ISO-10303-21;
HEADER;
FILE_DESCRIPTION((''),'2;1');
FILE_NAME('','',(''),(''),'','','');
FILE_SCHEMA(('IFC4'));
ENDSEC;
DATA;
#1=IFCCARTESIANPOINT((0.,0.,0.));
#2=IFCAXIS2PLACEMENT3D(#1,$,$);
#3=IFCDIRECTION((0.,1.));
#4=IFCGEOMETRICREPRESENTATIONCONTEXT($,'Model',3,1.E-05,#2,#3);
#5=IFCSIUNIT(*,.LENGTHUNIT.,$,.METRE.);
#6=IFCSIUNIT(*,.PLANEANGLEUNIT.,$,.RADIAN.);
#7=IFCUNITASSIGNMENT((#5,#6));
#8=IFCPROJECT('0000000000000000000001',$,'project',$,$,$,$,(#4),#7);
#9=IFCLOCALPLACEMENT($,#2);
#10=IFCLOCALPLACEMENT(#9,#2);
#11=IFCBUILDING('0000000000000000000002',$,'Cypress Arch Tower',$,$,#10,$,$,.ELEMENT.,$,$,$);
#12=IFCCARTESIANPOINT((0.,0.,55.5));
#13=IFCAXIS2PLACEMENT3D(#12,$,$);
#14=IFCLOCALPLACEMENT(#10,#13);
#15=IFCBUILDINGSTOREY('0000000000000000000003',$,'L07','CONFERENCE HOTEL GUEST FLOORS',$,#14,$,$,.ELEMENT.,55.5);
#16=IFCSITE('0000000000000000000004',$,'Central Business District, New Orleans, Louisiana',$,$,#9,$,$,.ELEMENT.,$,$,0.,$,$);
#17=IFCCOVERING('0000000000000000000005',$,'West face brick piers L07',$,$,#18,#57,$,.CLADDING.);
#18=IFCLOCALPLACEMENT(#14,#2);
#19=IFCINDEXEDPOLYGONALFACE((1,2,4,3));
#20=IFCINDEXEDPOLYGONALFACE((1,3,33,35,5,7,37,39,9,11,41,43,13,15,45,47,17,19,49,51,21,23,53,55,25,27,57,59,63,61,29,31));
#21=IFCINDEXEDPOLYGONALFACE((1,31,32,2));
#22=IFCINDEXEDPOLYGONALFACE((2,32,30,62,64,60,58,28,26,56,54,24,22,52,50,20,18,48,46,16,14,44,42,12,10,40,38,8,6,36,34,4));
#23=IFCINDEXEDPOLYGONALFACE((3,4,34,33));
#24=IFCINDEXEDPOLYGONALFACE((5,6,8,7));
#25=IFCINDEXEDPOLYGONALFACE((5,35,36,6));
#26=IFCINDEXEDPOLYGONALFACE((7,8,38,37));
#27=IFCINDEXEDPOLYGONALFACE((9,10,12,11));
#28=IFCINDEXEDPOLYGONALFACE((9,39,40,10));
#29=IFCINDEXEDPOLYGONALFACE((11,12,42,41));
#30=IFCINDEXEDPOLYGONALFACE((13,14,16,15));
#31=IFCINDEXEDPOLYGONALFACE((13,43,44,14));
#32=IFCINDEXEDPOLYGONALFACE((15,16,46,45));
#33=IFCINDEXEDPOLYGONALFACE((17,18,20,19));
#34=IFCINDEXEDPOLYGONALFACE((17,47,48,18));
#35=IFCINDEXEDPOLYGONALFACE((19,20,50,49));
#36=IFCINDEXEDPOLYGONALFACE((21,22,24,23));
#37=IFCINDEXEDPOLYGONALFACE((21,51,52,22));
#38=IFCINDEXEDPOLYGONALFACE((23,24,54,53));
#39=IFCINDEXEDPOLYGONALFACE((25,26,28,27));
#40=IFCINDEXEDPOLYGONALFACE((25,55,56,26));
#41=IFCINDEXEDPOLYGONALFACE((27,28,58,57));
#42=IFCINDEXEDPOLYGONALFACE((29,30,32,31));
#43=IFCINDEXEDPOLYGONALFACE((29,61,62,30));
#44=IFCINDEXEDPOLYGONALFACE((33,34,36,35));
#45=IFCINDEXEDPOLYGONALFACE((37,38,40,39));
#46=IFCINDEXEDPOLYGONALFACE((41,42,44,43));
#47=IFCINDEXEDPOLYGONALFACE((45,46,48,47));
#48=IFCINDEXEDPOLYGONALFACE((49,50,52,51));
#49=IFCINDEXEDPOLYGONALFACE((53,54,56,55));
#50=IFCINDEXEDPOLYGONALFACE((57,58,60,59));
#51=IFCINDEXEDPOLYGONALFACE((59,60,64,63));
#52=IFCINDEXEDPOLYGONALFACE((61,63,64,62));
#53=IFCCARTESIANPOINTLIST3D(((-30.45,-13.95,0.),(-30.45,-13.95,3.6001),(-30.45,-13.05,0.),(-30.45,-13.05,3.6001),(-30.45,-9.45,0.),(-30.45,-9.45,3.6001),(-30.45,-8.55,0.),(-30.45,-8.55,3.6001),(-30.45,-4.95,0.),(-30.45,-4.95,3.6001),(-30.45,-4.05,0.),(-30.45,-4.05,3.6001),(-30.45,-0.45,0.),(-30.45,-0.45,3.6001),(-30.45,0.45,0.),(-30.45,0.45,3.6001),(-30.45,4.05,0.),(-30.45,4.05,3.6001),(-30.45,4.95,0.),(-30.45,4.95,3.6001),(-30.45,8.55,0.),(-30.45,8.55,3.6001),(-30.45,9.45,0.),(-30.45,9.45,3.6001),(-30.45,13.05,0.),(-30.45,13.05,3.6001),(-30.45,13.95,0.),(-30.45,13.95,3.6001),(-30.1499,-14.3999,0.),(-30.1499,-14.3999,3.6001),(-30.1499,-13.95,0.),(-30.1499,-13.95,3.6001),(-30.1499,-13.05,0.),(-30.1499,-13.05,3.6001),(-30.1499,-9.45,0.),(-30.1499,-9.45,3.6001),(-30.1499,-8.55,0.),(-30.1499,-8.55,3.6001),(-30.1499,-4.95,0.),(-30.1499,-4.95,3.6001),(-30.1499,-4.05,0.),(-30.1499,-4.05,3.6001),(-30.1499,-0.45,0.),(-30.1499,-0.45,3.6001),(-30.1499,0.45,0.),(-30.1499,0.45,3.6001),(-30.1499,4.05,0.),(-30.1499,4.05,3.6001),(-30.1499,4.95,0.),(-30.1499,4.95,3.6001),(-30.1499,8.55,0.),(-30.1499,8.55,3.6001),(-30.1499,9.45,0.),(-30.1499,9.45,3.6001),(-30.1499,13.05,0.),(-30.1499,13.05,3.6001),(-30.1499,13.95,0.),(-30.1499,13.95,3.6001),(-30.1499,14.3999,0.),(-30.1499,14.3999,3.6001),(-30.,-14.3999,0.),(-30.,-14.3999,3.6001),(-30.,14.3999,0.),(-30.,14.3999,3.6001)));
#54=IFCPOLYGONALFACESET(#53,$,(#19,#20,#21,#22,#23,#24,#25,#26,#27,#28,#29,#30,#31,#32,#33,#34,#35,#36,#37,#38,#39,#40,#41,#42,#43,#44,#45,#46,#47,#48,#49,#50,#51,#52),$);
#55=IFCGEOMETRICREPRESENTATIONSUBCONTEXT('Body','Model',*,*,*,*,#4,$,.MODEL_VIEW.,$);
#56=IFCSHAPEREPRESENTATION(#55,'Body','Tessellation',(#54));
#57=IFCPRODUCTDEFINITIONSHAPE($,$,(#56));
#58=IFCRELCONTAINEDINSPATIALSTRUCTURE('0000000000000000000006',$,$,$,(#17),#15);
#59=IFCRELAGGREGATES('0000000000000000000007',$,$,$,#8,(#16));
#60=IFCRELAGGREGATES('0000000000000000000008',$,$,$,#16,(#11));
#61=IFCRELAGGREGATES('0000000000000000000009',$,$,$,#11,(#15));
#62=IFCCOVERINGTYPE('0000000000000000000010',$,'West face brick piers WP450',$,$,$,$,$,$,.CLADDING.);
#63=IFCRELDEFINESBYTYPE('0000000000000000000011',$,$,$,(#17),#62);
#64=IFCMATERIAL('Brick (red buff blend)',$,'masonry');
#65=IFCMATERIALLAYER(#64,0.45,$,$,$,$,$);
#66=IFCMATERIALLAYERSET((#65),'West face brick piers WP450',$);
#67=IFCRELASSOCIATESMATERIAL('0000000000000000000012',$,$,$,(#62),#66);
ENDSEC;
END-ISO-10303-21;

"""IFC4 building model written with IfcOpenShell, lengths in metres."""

from ifc_helpers import new_model, si_unit, direction, frame, origin, place, context, subcontext, project, spatial, polyline, outline, extrude, material, layer, layer_set, type_object, element, save


model = new_model("IFC4")

# Units and contexts
model_context = context("Model", 3, precision=1e-05, world=origin(), true_north=direction((0.0, 1.0)))
body_context = subcontext(model_context, "Body", "Model", "MODEL_VIEW")
ifc_project = project(units=[si_unit("LENGTHUNIT", "METRE"), si_unit("PLANEANGLEUNIT", "RADIAN")], contexts=[model_context])

# Site, building, storey
site_placement = place(None, origin())
site = spatial("IfcSite", under=ifc_project, at=site_placement, Name="Central Business District, New Orleans, Louisiana", CompositionType="ELEMENT", RefElevation=0.0)
building_placement = place(site_placement, origin())
building = spatial("IfcBuilding", under=site, at=building_placement, Name="Cypress Arch Tower", CompositionType="ELEMENT")
storey_placement = place(building_placement, frame((0.0, 0.0, 55.5)))
storey = spatial("IfcBuildingStorey", under=building, at=storey_placement, Name="L07", Description="CONFERENCE HOTEL GUEST FLOORS", CompositionType="ELEMENT", Elevation=55.5)

# Covering
ifc_material_1 = material(Name="Brick (red buff blend)", Category="masonry")
ifc_layer_1 = layer(ifc_material_1, 0.45)
ifc_layer_set_1 = layer_set([ifc_layer_1], Name="West face brick piers WP450")
covering_type_1 = type_object("IfcCoveringType", Name="West face brick piers WP450", PredefinedType="CLADDING", material=ifc_layer_set_1)
covering_1_placement = place(storey_placement, origin())
element("IfcCovering", 1, at=covering_1_placement, inside=storey, type_object=covering_type_1, Name="West face brick piers L07", PredefinedType="CLADDING", context=body_context, shape_type="SweptSolid", body=[
    extrude(outline(polyline([(-30.1499, -13.05), (-30.1499, -9.45), (-30.45, -9.45), (-30.45, -8.55), (-30.1499, -8.55), (-30.1499, -4.95), (-30.45, -4.95), (-30.45, -4.05), (-30.1499, -4.05), (-30.1499, -0.45), (-30.45, -0.45), (-30.45, 0.45), (-30.1499, 0.45), (-30.1499, 4.05), (-30.45, 4.05), (-30.45, 4.95), (-30.1499, 4.95), (-30.1499, 8.55), (-30.45, 8.55), (-30.45, 9.45), (-30.1499, 9.45), (-30.1499, 13.05), (-30.45, 13.05), (-30.45, 13.95), (-30.1499, 13.95), (-30.1499, 14.3999), (-30.0, 14.3999), (-30.0, -14.3999), (-30.1499, -14.3999), (-30.1499, -13.95), (-30.45, -13.95), (-30.45, -13.05), (-30.1499, -13.05)])), origin(), (0.0, 0.0, 1.0), 3.6001),
])

save(model, "model.ifc")
